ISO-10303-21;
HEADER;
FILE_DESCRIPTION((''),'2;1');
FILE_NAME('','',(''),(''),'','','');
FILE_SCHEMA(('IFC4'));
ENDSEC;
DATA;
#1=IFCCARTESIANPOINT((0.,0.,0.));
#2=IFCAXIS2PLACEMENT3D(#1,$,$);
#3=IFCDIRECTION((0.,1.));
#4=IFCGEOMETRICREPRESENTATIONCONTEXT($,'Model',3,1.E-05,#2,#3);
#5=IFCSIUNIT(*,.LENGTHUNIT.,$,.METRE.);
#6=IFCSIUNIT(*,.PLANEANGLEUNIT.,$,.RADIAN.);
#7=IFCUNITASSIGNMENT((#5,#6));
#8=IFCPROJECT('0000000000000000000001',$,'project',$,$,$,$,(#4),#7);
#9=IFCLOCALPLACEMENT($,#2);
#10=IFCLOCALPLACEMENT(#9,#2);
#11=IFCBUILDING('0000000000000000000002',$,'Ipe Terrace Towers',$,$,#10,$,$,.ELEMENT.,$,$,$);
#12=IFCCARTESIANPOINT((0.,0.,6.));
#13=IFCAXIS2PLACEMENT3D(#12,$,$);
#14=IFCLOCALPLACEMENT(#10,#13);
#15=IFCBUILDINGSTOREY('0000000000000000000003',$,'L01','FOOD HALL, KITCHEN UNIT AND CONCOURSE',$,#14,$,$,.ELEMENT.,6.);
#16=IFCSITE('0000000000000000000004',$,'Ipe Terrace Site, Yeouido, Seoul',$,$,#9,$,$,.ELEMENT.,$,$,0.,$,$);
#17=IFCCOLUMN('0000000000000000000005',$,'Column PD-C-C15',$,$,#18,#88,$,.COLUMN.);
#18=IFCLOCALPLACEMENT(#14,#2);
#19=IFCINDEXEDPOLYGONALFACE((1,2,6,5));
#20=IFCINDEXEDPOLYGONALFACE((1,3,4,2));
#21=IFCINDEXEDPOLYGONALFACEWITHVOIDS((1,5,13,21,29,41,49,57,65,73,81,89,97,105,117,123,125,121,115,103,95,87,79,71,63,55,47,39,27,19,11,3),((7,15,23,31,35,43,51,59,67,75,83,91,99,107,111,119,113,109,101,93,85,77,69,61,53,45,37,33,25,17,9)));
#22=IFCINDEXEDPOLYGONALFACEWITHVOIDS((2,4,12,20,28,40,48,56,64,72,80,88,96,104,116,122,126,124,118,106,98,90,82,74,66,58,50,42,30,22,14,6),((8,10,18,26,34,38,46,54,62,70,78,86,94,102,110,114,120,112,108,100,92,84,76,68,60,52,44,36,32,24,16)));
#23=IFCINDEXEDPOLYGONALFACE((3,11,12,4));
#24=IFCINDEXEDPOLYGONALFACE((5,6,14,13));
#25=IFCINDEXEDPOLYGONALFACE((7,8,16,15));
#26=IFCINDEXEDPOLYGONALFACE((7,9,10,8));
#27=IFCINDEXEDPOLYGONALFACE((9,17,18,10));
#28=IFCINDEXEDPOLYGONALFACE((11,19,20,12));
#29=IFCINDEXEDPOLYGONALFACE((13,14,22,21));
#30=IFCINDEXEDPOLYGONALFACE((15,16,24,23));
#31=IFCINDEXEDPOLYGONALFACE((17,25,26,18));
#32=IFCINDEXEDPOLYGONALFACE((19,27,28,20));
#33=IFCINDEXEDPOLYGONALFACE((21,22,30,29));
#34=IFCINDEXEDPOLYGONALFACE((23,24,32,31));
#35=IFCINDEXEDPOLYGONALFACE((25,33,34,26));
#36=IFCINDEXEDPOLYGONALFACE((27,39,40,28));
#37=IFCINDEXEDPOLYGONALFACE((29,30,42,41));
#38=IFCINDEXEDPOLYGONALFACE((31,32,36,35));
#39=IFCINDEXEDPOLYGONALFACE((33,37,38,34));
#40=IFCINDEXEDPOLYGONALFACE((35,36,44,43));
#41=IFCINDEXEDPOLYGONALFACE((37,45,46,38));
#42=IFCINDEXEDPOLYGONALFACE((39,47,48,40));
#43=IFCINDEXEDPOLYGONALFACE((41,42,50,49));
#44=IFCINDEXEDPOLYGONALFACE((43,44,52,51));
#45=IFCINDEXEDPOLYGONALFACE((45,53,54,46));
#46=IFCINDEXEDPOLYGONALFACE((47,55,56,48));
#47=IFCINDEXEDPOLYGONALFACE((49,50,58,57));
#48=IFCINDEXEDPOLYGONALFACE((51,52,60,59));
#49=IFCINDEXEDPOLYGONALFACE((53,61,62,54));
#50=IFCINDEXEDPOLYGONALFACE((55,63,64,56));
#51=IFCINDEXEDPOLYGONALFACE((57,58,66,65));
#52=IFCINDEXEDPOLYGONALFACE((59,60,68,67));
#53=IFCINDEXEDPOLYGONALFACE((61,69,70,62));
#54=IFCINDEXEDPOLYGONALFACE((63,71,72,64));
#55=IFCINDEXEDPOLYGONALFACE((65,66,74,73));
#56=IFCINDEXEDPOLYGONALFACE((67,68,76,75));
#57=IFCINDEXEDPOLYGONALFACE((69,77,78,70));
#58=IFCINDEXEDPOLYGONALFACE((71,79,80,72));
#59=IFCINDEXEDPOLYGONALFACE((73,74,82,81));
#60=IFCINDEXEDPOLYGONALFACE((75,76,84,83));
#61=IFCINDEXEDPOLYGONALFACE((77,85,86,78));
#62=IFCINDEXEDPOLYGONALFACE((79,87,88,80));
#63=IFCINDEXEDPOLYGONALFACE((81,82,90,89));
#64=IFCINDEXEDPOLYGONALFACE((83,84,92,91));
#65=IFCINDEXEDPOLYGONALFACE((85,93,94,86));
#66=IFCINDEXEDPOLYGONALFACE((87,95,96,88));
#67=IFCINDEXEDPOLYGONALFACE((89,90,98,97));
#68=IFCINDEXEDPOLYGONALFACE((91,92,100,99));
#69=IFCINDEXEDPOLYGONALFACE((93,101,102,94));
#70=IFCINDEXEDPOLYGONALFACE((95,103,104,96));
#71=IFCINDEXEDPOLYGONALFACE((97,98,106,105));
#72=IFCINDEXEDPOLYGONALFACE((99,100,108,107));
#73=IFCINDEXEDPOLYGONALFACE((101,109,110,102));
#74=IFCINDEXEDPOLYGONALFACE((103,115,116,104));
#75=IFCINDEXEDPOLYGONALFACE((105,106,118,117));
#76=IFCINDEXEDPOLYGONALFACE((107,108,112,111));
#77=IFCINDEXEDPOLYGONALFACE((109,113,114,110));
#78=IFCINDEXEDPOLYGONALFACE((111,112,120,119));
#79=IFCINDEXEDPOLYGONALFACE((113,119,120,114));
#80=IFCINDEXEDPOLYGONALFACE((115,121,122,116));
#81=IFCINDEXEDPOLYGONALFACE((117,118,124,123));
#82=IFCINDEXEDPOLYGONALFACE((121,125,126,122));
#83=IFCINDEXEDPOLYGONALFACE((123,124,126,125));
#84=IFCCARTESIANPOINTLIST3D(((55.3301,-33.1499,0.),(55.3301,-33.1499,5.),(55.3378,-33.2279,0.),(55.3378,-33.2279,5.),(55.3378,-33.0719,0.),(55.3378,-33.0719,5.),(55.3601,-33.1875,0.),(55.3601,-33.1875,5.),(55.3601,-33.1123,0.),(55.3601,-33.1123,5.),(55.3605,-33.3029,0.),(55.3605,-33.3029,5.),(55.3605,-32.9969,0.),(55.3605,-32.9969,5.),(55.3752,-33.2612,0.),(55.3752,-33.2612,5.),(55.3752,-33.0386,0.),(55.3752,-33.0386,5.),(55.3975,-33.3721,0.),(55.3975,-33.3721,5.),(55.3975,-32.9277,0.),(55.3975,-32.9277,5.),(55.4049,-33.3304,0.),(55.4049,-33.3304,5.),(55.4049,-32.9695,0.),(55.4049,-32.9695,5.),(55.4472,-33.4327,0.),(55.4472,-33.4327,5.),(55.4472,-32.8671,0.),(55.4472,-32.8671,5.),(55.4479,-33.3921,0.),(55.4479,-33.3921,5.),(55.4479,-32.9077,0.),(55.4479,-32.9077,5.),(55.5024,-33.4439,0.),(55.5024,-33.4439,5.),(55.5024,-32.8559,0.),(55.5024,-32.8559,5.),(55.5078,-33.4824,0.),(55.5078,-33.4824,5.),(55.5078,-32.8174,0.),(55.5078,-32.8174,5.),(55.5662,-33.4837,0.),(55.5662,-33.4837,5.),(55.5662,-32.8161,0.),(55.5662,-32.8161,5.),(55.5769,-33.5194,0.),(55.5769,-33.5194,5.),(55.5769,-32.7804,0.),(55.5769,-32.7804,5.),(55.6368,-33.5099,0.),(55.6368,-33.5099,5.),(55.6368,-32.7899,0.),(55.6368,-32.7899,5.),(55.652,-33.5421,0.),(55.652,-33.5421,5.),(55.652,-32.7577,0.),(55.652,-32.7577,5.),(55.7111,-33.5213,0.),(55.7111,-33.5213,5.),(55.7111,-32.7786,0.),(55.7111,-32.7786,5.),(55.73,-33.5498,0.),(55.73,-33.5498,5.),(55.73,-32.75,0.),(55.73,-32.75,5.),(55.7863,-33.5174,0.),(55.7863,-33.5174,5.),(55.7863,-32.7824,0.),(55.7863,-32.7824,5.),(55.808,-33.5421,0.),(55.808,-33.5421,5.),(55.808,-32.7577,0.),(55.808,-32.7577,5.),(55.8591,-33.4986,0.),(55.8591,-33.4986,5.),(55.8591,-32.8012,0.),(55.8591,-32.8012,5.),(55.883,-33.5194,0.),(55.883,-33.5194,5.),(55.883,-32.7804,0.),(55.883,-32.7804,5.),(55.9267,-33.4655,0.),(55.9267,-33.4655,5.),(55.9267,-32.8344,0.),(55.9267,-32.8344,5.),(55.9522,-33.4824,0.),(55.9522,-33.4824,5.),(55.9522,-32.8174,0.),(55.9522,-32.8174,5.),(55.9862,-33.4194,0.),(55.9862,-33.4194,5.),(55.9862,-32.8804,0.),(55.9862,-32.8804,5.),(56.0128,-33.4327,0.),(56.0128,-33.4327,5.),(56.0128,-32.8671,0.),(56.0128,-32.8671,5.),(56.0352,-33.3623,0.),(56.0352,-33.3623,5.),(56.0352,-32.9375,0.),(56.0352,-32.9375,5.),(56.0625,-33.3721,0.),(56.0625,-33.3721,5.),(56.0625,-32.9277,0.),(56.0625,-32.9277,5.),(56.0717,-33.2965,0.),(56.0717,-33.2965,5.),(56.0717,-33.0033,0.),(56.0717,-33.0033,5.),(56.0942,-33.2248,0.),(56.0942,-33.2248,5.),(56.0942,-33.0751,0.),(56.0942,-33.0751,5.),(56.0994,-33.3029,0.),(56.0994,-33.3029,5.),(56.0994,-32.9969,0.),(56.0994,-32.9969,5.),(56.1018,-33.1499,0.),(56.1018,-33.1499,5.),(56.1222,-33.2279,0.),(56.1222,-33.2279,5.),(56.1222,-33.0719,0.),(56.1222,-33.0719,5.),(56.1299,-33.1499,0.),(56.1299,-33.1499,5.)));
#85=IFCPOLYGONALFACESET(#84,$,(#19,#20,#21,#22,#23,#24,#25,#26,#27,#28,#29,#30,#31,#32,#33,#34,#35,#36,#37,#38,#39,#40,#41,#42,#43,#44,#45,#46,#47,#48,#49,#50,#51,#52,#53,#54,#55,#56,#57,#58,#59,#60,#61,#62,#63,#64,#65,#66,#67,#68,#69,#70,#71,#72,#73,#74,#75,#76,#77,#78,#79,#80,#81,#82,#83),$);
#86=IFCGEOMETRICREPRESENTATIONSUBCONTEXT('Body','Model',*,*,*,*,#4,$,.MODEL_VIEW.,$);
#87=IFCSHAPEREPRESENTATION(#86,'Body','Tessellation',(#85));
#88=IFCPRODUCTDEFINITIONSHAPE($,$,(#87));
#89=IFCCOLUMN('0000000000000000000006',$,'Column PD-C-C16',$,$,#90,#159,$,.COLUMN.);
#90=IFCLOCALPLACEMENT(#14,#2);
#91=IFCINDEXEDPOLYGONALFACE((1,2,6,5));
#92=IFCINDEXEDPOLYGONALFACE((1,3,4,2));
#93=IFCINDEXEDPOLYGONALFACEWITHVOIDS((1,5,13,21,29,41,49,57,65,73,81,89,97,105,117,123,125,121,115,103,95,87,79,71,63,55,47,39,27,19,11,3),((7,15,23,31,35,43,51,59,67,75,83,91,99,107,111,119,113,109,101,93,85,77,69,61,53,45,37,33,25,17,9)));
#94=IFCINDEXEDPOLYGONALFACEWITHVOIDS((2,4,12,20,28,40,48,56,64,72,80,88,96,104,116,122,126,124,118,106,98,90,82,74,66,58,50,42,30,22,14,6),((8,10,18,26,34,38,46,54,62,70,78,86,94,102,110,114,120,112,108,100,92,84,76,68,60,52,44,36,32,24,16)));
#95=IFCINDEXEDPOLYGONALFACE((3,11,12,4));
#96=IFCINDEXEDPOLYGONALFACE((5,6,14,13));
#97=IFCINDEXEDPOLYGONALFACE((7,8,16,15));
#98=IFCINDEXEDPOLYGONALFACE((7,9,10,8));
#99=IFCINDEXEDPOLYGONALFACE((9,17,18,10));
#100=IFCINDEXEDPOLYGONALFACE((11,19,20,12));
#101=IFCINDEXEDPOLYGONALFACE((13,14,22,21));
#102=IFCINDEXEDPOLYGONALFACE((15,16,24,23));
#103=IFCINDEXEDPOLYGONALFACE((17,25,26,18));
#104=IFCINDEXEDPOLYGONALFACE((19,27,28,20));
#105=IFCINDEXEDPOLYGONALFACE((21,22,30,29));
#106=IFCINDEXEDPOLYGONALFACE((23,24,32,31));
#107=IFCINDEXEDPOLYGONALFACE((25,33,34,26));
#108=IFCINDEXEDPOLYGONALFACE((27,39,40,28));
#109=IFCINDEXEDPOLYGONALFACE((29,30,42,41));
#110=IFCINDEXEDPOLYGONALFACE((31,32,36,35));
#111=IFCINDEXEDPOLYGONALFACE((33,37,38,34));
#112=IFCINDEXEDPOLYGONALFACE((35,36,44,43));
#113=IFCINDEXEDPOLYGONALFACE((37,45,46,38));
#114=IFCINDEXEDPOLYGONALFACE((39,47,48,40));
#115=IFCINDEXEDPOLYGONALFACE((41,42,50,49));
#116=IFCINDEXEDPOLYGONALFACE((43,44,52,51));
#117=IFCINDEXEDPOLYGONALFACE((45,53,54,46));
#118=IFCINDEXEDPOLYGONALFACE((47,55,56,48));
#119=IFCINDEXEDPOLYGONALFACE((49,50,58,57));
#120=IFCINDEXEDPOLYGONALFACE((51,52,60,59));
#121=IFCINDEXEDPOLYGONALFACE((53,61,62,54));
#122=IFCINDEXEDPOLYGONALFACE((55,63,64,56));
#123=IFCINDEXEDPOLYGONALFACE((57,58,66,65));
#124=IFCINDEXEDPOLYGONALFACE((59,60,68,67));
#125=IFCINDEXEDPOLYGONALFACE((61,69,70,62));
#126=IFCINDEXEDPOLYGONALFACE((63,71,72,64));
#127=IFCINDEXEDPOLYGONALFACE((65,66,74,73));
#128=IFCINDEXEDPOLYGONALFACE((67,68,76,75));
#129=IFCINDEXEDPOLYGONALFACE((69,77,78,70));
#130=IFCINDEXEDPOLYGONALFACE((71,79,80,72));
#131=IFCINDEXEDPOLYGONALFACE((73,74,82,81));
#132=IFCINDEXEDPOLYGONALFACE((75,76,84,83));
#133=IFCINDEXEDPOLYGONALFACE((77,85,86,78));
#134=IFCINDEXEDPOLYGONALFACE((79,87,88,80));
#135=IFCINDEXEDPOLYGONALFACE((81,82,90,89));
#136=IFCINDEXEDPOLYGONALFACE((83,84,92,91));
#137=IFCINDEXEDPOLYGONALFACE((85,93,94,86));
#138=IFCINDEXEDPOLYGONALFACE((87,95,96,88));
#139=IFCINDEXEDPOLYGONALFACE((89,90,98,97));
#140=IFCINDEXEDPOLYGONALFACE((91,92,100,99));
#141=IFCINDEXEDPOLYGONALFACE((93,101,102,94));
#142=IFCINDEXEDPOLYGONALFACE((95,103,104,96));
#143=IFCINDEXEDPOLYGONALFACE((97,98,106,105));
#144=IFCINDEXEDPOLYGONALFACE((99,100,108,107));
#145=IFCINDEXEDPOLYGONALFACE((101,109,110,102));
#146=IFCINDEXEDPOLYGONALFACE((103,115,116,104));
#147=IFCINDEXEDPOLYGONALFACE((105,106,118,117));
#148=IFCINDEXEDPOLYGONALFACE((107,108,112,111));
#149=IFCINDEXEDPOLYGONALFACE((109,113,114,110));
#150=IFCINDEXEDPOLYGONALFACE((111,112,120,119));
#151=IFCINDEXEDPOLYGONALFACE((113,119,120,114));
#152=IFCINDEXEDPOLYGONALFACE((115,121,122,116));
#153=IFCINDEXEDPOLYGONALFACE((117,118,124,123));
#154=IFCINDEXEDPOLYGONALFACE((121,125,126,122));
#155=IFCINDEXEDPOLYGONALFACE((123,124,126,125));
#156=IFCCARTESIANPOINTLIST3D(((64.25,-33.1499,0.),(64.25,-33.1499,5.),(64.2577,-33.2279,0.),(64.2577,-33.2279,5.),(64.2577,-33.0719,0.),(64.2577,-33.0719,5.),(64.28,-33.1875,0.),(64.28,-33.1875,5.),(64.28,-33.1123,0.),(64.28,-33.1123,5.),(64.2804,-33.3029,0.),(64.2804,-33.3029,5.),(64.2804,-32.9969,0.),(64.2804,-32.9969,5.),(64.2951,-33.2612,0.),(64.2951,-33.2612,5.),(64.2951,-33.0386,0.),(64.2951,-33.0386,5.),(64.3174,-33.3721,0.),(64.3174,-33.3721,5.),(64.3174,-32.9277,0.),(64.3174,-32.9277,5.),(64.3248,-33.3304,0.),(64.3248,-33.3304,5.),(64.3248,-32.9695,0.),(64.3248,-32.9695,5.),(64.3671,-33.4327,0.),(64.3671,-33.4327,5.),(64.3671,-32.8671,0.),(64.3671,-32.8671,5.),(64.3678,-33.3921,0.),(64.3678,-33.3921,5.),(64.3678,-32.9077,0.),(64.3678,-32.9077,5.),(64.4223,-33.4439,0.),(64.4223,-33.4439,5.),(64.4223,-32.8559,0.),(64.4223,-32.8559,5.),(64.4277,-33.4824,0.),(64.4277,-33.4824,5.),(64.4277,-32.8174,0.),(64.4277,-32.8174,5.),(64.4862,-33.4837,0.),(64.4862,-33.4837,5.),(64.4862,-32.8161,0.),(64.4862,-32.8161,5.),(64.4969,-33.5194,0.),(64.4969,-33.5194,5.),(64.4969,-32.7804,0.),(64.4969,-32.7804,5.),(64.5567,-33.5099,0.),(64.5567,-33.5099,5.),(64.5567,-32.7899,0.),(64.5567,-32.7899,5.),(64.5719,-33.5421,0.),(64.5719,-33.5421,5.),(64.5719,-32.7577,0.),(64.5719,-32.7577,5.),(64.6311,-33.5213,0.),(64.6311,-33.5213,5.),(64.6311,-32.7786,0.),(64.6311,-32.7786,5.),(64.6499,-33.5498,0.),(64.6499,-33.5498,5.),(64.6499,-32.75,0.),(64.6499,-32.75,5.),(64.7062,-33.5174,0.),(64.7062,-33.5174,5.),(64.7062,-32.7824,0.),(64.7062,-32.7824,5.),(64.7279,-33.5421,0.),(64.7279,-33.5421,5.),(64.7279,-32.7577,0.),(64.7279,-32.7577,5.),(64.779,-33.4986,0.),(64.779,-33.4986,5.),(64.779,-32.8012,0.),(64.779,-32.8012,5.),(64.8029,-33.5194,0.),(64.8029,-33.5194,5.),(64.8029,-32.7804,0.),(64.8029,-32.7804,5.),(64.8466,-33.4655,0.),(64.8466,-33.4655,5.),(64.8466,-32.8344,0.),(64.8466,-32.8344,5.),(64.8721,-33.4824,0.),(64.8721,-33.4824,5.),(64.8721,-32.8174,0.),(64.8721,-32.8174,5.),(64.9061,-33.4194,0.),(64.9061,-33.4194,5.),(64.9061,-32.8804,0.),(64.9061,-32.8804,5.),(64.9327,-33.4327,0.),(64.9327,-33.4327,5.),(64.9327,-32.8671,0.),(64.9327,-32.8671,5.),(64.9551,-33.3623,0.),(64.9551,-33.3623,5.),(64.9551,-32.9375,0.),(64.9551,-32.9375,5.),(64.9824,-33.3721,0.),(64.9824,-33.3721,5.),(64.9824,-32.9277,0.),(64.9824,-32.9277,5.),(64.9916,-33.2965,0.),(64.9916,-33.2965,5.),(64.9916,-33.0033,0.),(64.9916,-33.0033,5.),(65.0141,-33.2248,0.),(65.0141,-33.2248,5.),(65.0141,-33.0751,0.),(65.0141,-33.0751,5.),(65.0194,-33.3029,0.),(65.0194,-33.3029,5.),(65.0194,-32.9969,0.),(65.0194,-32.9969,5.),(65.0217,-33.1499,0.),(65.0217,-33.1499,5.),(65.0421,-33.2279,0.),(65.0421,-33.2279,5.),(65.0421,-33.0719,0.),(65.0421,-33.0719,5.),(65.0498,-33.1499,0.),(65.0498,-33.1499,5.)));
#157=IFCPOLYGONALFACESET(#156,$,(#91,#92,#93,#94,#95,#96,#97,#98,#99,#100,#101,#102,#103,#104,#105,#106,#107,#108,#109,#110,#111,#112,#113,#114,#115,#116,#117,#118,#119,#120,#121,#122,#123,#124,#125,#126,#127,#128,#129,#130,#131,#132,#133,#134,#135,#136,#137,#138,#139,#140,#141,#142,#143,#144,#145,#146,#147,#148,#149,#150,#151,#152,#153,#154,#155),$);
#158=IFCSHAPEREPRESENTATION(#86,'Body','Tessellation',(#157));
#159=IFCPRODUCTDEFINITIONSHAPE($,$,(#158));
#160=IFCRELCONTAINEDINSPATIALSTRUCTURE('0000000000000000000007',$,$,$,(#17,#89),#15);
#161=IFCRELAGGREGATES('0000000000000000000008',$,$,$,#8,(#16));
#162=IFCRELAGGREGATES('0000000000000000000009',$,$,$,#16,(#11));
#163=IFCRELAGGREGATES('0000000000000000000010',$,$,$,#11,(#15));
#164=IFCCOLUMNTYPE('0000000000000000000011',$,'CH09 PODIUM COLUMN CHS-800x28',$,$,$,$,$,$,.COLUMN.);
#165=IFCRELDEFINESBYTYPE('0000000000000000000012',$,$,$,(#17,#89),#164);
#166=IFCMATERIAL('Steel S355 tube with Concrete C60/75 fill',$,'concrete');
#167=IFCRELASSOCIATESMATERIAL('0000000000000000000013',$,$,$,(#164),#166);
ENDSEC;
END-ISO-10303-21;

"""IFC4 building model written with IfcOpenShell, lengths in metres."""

from ifc_helpers import new_model, si_unit, direction, frame, origin, origin_2d, place, context, subcontext, project, spatial, hollow_circle, extrude, material, material_profile, profile_set, type_object, element, save


model = new_model("IFC4")

# Units and contexts
model_context = context("Model", 3, precision=1e-05, world=origin(), true_north=direction((0.0, 1.0)))
body_context = subcontext(model_context, "Body", "Model", "MODEL_VIEW")
ifc_project = project(units=[si_unit("LENGTHUNIT", "METRE"), si_unit("PLANEANGLEUNIT", "RADIAN")], contexts=[model_context])

# Site, building, storey
site_placement = place(None, origin())
site = spatial("IfcSite", under=ifc_project, at=site_placement, Name="Ipe Terrace Site, Yeouido, Seoul", CompositionType="ELEMENT", RefElevation=0.0)
building_placement = place(site_placement, origin())
building = spatial("IfcBuilding", under=site, at=building_placement, Name="Ipe Terrace Towers", CompositionType="ELEMENT")
storey_placement = place(building_placement, frame((0.0, 0.0, 6.0)))
storey = spatial("IfcBuildingStorey", under=building, at=storey_placement, Name="L01", Description="FOOD HALL, KITCHEN UNIT AND CONCOURSE", CompositionType="ELEMENT", Elevation=6.0)

# Columns
ifc_material_1 = material(Name="Steel S355 tube with Concrete C60/75 fill", Category="concrete")
ifc_material_profile_1 = material_profile(ifc_material_1, hollow_circle(Radius=0.3999, WallThickness=0.0281, at=origin_2d()), Name="CHS-800x28")
ifc_profile_set_1 = profile_set([ifc_material_profile_1], Name="Steel S355 tube with Concrete C60/75 fill")
column_type = type_object("IfcColumnType", Name="CH09 PODIUM COLUMN CHS-800x28", PredefinedType="COLUMN", material=ifc_profile_set_1)
for number, where, z_axis, x_axis, name in (
    (1, (55.73, -33.1499, 0.0), (0.0, 0.0, 1.0), (1.0, 0.0, 0.0), "Column PD-C-C15"),
    (2, (64.6499, -33.1499, 0.0), (0.0, 0.0, 1.0), (1.0, 0.0, 0.0), "Column PD-C-C16"),
):
    element("IfcColumn", number, at=place(storey_placement, frame(where, z_axis=z_axis, x_axis=x_axis)), inside=storey, type_object=column_type, Name=name, PredefinedType="COLUMN", context=body_context, shape_type="SweptSolid", body=[
        extrude(hollow_circle(Radius=0.3999, WallThickness=0.0281, at=origin_2d()), origin(), (0.0, 0.0, 1.0), 5.0),
    ])

save(model, "model.ifc")
